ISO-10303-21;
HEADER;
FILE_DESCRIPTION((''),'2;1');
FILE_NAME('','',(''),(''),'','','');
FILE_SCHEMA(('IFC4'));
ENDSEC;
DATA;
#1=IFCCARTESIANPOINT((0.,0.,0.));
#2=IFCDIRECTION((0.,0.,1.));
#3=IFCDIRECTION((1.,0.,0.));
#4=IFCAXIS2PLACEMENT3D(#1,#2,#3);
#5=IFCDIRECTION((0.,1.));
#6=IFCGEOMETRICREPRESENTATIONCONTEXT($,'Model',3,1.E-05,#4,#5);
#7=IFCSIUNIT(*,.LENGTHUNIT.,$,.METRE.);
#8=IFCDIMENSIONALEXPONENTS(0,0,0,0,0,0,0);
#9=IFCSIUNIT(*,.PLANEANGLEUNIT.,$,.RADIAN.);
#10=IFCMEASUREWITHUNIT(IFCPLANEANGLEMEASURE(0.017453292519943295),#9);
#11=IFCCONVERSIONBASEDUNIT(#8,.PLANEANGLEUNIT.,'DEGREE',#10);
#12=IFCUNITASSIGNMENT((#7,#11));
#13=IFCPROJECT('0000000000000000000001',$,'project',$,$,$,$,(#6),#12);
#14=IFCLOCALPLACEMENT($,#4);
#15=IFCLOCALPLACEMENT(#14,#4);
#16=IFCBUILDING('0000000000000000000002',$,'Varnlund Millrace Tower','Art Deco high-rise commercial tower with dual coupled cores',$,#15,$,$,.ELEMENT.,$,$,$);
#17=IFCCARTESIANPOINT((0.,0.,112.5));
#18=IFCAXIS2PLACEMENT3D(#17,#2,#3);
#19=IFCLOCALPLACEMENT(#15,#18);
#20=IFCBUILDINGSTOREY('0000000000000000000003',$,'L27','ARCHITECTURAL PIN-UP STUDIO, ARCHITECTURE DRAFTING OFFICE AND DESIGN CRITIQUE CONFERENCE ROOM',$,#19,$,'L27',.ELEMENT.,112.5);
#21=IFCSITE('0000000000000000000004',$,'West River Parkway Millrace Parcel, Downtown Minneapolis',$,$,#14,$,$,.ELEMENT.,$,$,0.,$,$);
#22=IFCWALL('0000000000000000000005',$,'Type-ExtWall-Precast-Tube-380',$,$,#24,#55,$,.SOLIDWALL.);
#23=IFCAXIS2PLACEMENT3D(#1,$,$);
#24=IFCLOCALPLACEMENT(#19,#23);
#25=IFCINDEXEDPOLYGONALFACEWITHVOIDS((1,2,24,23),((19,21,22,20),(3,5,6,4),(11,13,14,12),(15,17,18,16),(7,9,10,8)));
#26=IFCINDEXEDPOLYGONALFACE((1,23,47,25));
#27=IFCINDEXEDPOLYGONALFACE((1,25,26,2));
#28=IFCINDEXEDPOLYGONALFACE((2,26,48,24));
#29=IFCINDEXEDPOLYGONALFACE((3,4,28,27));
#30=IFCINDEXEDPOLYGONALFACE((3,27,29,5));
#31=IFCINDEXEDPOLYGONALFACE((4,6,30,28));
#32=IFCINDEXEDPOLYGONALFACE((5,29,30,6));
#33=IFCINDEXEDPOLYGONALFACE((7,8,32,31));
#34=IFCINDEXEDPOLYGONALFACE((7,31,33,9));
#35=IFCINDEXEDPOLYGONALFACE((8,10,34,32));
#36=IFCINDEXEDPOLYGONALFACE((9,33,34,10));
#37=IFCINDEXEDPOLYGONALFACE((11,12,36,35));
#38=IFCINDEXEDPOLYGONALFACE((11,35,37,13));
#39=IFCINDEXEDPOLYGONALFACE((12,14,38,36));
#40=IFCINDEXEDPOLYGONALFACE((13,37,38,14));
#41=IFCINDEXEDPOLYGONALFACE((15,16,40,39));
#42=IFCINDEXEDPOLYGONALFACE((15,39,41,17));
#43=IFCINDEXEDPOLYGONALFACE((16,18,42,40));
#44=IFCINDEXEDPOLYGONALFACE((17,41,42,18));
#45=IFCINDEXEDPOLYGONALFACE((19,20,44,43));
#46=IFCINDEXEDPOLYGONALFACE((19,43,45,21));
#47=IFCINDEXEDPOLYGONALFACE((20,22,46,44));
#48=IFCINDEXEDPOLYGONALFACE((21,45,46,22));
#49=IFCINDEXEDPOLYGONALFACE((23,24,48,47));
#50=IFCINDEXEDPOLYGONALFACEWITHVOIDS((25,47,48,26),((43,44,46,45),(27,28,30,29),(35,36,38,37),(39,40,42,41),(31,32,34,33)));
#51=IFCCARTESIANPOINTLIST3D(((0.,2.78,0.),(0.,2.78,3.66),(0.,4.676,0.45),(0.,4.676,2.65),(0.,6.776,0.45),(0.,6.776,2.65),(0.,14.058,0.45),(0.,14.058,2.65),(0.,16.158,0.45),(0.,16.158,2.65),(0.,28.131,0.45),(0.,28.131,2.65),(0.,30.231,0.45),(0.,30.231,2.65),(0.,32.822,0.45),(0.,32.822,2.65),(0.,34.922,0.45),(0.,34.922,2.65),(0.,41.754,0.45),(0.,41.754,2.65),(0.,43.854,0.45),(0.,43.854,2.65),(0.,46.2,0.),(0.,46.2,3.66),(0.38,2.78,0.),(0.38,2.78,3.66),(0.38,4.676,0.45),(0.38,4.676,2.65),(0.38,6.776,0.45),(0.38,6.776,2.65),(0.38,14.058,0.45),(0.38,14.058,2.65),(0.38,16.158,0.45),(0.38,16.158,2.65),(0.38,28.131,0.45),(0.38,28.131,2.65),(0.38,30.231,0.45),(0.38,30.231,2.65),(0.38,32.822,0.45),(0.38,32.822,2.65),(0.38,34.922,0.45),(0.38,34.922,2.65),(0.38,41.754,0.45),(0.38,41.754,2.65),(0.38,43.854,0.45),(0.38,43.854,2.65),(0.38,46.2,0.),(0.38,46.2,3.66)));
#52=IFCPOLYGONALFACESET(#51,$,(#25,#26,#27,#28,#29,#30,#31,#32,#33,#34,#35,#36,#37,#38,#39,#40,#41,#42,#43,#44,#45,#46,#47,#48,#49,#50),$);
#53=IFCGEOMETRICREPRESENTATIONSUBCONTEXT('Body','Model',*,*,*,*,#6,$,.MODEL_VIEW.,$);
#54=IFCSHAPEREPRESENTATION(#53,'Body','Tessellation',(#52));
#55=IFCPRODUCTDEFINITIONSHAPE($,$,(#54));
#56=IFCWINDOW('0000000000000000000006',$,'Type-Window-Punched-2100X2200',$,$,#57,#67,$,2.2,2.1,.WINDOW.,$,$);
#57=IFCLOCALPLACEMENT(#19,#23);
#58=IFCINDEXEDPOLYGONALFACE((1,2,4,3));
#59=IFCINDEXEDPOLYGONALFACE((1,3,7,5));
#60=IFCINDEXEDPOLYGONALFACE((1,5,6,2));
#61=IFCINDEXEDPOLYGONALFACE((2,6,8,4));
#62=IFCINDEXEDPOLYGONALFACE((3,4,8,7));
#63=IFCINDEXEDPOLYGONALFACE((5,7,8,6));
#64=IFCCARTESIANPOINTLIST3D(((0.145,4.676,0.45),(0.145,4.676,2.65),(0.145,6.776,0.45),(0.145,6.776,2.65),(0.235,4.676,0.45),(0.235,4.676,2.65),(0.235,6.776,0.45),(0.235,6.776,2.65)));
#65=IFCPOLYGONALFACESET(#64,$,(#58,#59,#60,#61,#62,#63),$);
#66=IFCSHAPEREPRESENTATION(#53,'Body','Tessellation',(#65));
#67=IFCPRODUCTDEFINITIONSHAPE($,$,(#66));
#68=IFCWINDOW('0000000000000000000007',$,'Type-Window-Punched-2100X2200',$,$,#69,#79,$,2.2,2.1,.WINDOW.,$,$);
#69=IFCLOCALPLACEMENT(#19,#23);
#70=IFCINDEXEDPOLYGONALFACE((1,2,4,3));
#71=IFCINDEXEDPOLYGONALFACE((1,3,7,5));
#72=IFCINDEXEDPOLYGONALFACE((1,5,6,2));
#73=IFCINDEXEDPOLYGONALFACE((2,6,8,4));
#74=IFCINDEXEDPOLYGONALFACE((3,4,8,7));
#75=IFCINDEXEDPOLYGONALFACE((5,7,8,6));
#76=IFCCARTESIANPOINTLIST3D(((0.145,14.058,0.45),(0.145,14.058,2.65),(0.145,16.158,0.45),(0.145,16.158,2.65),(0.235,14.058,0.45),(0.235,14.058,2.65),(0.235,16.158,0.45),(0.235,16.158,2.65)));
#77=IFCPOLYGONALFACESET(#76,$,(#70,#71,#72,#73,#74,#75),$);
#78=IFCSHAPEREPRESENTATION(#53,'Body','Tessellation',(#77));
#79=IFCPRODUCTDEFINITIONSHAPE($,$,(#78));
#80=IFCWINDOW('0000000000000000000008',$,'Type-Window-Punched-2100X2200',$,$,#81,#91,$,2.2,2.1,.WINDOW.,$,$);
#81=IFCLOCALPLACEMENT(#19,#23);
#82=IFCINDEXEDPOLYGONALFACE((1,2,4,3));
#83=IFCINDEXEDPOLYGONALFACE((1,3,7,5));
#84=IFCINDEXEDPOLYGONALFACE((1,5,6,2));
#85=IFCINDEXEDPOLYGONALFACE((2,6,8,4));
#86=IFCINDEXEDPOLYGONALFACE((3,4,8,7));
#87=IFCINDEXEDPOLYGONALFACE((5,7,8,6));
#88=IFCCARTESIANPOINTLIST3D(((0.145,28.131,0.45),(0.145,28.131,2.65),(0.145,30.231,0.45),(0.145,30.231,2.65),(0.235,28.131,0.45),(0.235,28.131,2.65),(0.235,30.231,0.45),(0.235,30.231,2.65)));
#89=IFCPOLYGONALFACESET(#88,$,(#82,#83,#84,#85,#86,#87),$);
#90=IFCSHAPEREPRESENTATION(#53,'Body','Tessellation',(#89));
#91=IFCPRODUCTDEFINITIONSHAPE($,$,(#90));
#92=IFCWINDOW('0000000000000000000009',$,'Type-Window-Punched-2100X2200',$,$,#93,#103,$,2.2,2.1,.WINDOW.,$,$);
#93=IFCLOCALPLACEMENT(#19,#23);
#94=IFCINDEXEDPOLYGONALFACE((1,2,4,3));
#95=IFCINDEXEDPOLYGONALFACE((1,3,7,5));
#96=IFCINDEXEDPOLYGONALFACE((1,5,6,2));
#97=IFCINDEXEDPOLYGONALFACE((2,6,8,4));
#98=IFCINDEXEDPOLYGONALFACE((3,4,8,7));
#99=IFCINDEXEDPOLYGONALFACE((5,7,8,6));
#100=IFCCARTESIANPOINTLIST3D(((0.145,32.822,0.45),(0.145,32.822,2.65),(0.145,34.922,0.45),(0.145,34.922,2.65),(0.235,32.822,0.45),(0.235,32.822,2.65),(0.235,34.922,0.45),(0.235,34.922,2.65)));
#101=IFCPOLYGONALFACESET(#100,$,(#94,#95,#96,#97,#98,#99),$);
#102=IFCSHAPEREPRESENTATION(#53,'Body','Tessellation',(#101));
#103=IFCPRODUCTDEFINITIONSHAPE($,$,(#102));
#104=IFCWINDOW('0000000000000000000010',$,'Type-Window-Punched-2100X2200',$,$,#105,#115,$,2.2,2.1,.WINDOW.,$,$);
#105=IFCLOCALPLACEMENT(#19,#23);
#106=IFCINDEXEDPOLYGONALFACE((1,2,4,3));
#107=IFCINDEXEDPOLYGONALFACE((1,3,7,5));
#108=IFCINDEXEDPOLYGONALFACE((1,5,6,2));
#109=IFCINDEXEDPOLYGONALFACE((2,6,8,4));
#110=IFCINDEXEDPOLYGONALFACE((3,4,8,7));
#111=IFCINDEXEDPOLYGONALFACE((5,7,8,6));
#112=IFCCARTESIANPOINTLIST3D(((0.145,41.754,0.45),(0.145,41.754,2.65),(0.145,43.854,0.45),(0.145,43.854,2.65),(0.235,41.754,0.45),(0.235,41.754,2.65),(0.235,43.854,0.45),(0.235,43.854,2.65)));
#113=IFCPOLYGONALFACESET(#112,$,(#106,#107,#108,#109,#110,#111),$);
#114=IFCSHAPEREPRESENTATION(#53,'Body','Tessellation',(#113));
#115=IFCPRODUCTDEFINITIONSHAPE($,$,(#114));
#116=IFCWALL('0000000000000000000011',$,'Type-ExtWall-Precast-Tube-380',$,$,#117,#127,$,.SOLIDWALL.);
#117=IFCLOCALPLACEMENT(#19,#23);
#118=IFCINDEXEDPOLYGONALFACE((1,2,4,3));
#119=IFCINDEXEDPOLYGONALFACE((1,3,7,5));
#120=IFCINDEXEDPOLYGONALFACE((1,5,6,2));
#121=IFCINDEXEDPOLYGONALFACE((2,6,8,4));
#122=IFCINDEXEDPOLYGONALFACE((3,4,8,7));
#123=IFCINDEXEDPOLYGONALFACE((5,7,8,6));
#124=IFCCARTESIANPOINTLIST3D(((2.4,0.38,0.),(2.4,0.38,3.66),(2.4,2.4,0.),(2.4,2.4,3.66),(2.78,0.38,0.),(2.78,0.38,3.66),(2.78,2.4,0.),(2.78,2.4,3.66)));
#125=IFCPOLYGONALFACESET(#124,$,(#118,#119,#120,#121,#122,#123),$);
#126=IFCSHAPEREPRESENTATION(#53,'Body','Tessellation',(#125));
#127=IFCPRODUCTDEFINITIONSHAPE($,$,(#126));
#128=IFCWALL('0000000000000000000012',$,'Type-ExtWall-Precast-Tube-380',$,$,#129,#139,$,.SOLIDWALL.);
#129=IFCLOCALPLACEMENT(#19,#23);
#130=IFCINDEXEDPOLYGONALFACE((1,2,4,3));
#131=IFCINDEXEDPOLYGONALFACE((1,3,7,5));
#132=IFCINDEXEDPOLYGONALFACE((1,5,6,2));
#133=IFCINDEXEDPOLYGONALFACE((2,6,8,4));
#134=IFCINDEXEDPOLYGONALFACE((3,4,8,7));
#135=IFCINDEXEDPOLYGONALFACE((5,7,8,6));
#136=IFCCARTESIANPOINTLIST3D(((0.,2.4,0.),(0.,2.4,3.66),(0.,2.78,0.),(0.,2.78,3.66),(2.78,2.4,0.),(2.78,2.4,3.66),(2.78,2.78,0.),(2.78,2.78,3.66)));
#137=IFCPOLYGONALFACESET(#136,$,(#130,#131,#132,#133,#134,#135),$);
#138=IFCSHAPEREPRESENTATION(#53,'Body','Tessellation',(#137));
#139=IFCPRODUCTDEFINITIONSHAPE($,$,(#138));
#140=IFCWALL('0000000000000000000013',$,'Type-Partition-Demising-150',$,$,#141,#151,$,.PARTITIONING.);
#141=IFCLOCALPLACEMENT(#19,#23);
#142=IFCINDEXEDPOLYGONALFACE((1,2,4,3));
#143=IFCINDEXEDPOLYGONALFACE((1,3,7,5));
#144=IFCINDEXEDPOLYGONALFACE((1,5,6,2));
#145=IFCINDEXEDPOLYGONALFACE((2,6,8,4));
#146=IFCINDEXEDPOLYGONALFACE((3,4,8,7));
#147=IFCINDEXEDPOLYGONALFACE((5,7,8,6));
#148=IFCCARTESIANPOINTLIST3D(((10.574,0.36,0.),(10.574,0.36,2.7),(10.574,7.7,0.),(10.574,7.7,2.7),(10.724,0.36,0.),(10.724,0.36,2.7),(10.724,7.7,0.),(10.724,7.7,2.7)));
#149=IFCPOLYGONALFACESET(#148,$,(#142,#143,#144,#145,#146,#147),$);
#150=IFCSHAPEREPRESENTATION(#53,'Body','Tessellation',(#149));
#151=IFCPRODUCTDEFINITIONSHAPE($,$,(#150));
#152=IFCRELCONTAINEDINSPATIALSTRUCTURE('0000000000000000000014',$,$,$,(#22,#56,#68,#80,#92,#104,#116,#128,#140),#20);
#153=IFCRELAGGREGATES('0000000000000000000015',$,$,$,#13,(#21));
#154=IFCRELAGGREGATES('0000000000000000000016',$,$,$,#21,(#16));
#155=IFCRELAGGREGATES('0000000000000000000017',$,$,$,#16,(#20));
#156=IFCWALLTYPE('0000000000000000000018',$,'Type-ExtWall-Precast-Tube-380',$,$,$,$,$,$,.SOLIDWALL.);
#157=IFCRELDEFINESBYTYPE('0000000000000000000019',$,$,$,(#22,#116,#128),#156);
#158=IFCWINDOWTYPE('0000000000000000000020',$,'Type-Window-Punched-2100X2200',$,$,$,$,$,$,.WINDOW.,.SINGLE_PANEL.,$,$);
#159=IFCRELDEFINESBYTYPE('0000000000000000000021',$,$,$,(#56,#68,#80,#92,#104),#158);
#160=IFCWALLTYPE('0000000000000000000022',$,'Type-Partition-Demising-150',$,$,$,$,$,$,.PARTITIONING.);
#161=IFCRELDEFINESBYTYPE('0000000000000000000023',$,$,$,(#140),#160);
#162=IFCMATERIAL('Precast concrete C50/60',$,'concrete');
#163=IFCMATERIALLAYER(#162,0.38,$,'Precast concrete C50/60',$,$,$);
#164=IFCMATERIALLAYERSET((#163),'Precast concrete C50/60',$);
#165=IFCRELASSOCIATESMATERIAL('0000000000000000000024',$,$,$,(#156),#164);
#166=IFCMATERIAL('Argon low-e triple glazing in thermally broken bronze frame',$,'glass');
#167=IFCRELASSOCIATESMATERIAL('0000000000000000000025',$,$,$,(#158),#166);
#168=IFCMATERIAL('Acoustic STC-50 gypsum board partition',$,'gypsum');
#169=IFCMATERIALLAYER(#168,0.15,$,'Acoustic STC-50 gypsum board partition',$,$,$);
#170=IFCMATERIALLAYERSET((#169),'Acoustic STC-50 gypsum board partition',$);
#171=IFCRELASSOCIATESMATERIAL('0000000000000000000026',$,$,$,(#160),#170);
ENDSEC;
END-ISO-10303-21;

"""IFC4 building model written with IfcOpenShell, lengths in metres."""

from ifc_helpers import new_model, entity, si_unit, converted_unit, direction, frame, origin_with_axes, origin_2d_with_axis, place, context, subcontext, project, spatial, polyline, rectangle, outline, extrude, material, layer, layer_set, type_object, element, fill, save


model = new_model("IFC4")

# Units and contexts
model_context = context("Model", 3, precision=1e-05, world=origin_with_axes(), true_north=direction((0.0, 1.0)))
body_context = subcontext(model_context, "Body", "Model", "MODEL_VIEW")
ifc_project = project(units=[si_unit("LENGTHUNIT", "METRE"), converted_unit("PLANEANGLEUNIT", "DEGREE", entity("IfcPlaneAngleMeasure", 0.017453292519943295), si_unit("PLANEANGLEUNIT", "RADIAN"), dimensions=[0, 0, 0, 0, 0, 0, 0])], contexts=[model_context])

# Site, building, storey
site_placement = place(None, origin_with_axes())
site = spatial("IfcSite", under=ifc_project, at=site_placement, Name="West River Parkway Millrace Parcel, Downtown Minneapolis", CompositionType="ELEMENT", RefElevation=0.0)
building_placement = place(site_placement, origin_with_axes())
building = spatial("IfcBuilding", under=site, at=building_placement, Name="Varnlund Millrace Tower", Description="Art Deco high-rise commercial tower with dual coupled cores", CompositionType="ELEMENT")
storey_placement = place(building_placement, frame((0.0, 0.0, 112.5), z_axis=(0.0, 0.0, 1.0), x_axis=(1.0, 0.0, 0.0)))
storey = spatial("IfcBuildingStorey", under=building, at=storey_placement, Name="L27", Description="ARCHITECTURAL PIN-UP STUDIO, ARCHITECTURE DRAFTING OFFICE AND DESIGN CRITIQUE CONFERENCE ROOM", LongName="L27", CompositionType="ELEMENT", Elevation=112.5)

# Wall, openings, windows
ifc_material_1 = material(Name="Precast concrete C50/60", Category="concrete")
ifc_layer_1 = layer(ifc_material_1, 0.38, Name="Precast concrete C50/60")
ifc_layer_set_1 = layer_set([ifc_layer_1], Name="Precast concrete C50/60")
wall_type_1 = type_object("IfcWallType", Name="Type-ExtWall-Precast-Tube-380", PredefinedType="SOLIDWALL", material=ifc_layer_set_1)
wall_1_placement = place(storey_placement, frame((0.19, 2.78, 0.0), z_axis=(0.0, 0.0, 1.0), x_axis=(0.0, 1.0, 0.0)))
wall_1 = element("IfcWall", 1, at=wall_1_placement, inside=storey, type_object=wall_type_1, Name="Type-ExtWall-Precast-Tube-380", PredefinedType="SOLIDWALL", context=body_context, shape_type="SweptSolid", body=[
    extrude(outline(polyline([(0.0, -0.19), (43.42, -0.19), (43.42, 0.19), (0.0, 0.19), (0.0, -0.19)])), origin_with_axes(), (0.0, 0.0, 1.0), 3.66),
])
opening_1_placement = place(wall_1_placement, frame((2.946, 0.0, 0.45), z_axis=(0.0, 0.0, 1.0), x_axis=(1.0, 0.0, 0.0)))
opening_1 = element("IfcOpeningElement", 2, at=opening_1_placement, cuts=wall_1, PredefinedType="OPENING", context=body_context, shape_type="SweptSolid", body=[
    extrude(rectangle(XDim=2.1, YDim=0.4, at=origin_2d_with_axis()), origin_with_axes(), (0.0, 0.0, 1.0), 2.2),
])
opening_2_placement = place(wall_1_placement, frame((12.328, 0.0, 0.45), z_axis=(0.0, 0.0, 1.0), x_axis=(1.0, 0.0, 0.0)))
opening_2 = element("IfcOpeningElement", 3, at=opening_2_placement, cuts=wall_1, PredefinedType="OPENING", context=body_context, shape_type="SweptSolid", body=[
    extrude(rectangle(XDim=2.1, YDim=0.4, at=origin_2d_with_axis()), origin_with_axes(), (0.0, 0.0, 1.0), 2.2),
])
opening_3_placement = place(wall_1_placement, frame((26.401, 0.0, 0.45), z_axis=(0.0, 0.0, 1.0), x_axis=(1.0, 0.0, 0.0)))
opening_3 = element("IfcOpeningElement", 4, at=opening_3_placement, cuts=wall_1, PredefinedType="OPENING", context=body_context, shape_type="SweptSolid", body=[
    extrude(rectangle(XDim=2.1, YDim=0.4, at=origin_2d_with_axis()), origin_with_axes(), (0.0, 0.0, 1.0), 2.2),
])
opening_4_placement = place(wall_1_placement, frame((31.092, 0.0, 0.45), z_axis=(0.0, 0.0, 1.0), x_axis=(1.0, 0.0, 0.0)))
opening_4 = element("IfcOpeningElement", 5, at=opening_4_placement, cuts=wall_1, PredefinedType="OPENING", context=body_context, shape_type="SweptSolid", body=[
    extrude(rectangle(XDim=2.1, YDim=0.4, at=origin_2d_with_axis()), origin_with_axes(), (0.0, 0.0, 1.0), 2.2),
])
opening_5_placement = place(wall_1_placement, frame((40.024, 0.0, 0.45), z_axis=(0.0, 0.0, 1.0), x_axis=(1.0, 0.0, 0.0)))
opening_5 = element("IfcOpeningElement", 6, at=opening_5_placement, cuts=wall_1, PredefinedType="OPENING", context=body_context, shape_type="SweptSolid", body=[
    extrude(rectangle(XDim=2.1, YDim=0.4, at=origin_2d_with_axis()), origin_with_axes(), (0.0, 0.0, 1.0), 2.2),
])
ifc_material_2 = material(Name="Argon low-e triple glazing in thermally broken bronze frame", Category="glass")
window_type = type_object("IfcWindowType", Name="Type-Window-Punched-2100X2200", PartitioningType="SINGLE_PANEL", PredefinedType="WINDOW", material=ifc_material_2)
window_1_placement = place(wall_1_placement, frame((2.946, 0.0, 0.45), z_axis=(0.0, 0.0, 1.0), x_axis=(1.0, 0.0, 0.0)))
window_1 = element("IfcWindow", 7, at=window_1_placement, inside=storey, type_object=window_type, Name="Type-Window-Punched-2100X2200", OverallHeight=2.2, OverallWidth=2.1, PredefinedType="WINDOW", context=body_context, shape_type="SweptSolid", body=[
    extrude(rectangle(XDim=2.1, YDim=0.09, at=origin_2d_with_axis()), origin_with_axes(), (0.0, 0.0, 1.0), 2.2),
])
fill(opening_1, window_1)
window_2_placement = place(wall_1_placement, frame((12.328, 0.0, 0.45), z_axis=(0.0, 0.0, 1.0), x_axis=(1.0, 0.0, 0.0)))
window_2 = element("IfcWindow", 8, at=window_2_placement, inside=storey, type_object=window_type, Name="Type-Window-Punched-2100X2200", OverallHeight=2.2, OverallWidth=2.1, PredefinedType="WINDOW", context=body_context, shape_type="SweptSolid", body=[
    extrude(rectangle(XDim=2.1, YDim=0.09, at=origin_2d_with_axis()), origin_with_axes(), (0.0, 0.0, 1.0), 2.2),
])
fill(opening_2, window_2)
window_3_placement = place(wall_1_placement, frame((26.401, 0.0, 0.45), z_axis=(0.0, 0.0, 1.0), x_axis=(1.0, 0.0, 0.0)))
window_3 = element("IfcWindow", 9, at=window_3_placement, inside=storey, type_object=window_type, Name="Type-Window-Punched-2100X2200", OverallHeight=2.2, OverallWidth=2.1, PredefinedType="WINDOW", context=body_context, shape_type="SweptSolid", body=[
    extrude(rectangle(XDim=2.1, YDim=0.09, at=origin_2d_with_axis()), origin_with_axes(), (0.0, 0.0, 1.0), 2.2),
])
fill(opening_3, window_3)
window_4_placement = place(wall_1_placement, frame((31.092, 0.0, 0.45), z_axis=(0.0, 0.0, 1.0), x_axis=(1.0, 0.0, 0.0)))
window_4 = element("IfcWindow", 10, at=window_4_placement, inside=storey, type_object=window_type, Name="Type-Window-Punched-2100X2200", OverallHeight=2.2, OverallWidth=2.1, PredefinedType="WINDOW", context=body_context, shape_type="SweptSolid", body=[
    extrude(rectangle(XDim=2.1, YDim=0.09, at=origin_2d_with_axis()), origin_with_axes(), (0.0, 0.0, 1.0), 2.2),
])
fill(opening_4, window_4)
window_5_placement = place(wall_1_placement, frame((40.024, 0.0, 0.45), z_axis=(0.0, 0.0, 1.0), x_axis=(1.0, 0.0, 0.0)))
window_5 = element("IfcWindow", 11, at=window_5_placement, inside=storey, type_object=window_type, Name="Type-Window-Punched-2100X2200", OverallHeight=2.2, OverallWidth=2.1, PredefinedType="WINDOW", context=body_context, shape_type="SweptSolid", body=[
    extrude(rectangle(XDim=2.1, YDim=0.09, at=origin_2d_with_axis()), origin_with_axes(), (0.0, 0.0, 1.0), 2.2),
])
fill(opening_5, window_5)

# Walls
wall_2_placement = place(storey_placement, frame((2.59, 0.38, 0.0), z_axis=(0.0, 0.0, 1.0), x_axis=(0.0, 1.0, 0.0)))
element("IfcWall", 12, at=wall_2_placement, inside=storey, type_object=wall_type_1, Name="Type-ExtWall-Precast-Tube-380", PredefinedType="SOLIDWALL", context=body_context, shape_type="SweptSolid", body=[
    extrude(outline(polyline([(0.0, -0.19), (2.02, -0.19), (2.02, 0.19), (0.0, 0.19), (0.0, -0.19)])), origin_with_axes(), (0.0, 0.0, 1.0), 3.66),
])
wall_3_placement = place(storey_placement, frame((2.78, 2.59, 0.0), z_axis=(0.0, 0.0, 1.0), x_axis=(-1.0, 0.0, 0.0)))
element("IfcWall", 13, at=wall_3_placement, inside=storey, type_object=wall_type_1, Name="Type-ExtWall-Precast-Tube-380", PredefinedType="SOLIDWALL", context=body_context, shape_type="SweptSolid", body=[
    extrude(outline(polyline([(0.0, -0.19), (2.78, -0.19), (2.78, 0.19), (0.0, 0.19), (0.0, -0.19)])), origin_with_axes(), (0.0, 0.0, 1.0), 3.66),
])
ifc_material_3 = material(Name="Acoustic STC-50 gypsum board partition", Category="gypsum")
ifc_layer_2 = layer(ifc_material_3, 0.15, Name="Acoustic STC-50 gypsum board partition")
ifc_layer_set_2 = layer_set([ifc_layer_2], Name="Acoustic STC-50 gypsum board partition")
wall_type_2 = type_object("IfcWallType", Name="Type-Partition-Demising-150", PredefinedType="PARTITIONING", material=ifc_layer_set_2)
wall_4_placement = place(storey_placement, frame((10.649, 0.36, 0.0), z_axis=(0.0, 0.0, 1.0), x_axis=(0.0, 1.0, 0.0)))
element("IfcWall", 14, at=wall_4_placement, inside=storey, type_object=wall_type_2, Name="Type-Partition-Demising-150", PredefinedType="PARTITIONING", context=body_context, shape_type="SweptSolid", body=[
    extrude(outline(polyline([(0.0, -0.075), (7.34, -0.075), (7.34, 0.075), (0.0, 0.075), (0.0, -0.075)])), origin_with_axes(), (0.0, 0.0, 1.0), 2.7),
])

save(model, "model.ifc")
